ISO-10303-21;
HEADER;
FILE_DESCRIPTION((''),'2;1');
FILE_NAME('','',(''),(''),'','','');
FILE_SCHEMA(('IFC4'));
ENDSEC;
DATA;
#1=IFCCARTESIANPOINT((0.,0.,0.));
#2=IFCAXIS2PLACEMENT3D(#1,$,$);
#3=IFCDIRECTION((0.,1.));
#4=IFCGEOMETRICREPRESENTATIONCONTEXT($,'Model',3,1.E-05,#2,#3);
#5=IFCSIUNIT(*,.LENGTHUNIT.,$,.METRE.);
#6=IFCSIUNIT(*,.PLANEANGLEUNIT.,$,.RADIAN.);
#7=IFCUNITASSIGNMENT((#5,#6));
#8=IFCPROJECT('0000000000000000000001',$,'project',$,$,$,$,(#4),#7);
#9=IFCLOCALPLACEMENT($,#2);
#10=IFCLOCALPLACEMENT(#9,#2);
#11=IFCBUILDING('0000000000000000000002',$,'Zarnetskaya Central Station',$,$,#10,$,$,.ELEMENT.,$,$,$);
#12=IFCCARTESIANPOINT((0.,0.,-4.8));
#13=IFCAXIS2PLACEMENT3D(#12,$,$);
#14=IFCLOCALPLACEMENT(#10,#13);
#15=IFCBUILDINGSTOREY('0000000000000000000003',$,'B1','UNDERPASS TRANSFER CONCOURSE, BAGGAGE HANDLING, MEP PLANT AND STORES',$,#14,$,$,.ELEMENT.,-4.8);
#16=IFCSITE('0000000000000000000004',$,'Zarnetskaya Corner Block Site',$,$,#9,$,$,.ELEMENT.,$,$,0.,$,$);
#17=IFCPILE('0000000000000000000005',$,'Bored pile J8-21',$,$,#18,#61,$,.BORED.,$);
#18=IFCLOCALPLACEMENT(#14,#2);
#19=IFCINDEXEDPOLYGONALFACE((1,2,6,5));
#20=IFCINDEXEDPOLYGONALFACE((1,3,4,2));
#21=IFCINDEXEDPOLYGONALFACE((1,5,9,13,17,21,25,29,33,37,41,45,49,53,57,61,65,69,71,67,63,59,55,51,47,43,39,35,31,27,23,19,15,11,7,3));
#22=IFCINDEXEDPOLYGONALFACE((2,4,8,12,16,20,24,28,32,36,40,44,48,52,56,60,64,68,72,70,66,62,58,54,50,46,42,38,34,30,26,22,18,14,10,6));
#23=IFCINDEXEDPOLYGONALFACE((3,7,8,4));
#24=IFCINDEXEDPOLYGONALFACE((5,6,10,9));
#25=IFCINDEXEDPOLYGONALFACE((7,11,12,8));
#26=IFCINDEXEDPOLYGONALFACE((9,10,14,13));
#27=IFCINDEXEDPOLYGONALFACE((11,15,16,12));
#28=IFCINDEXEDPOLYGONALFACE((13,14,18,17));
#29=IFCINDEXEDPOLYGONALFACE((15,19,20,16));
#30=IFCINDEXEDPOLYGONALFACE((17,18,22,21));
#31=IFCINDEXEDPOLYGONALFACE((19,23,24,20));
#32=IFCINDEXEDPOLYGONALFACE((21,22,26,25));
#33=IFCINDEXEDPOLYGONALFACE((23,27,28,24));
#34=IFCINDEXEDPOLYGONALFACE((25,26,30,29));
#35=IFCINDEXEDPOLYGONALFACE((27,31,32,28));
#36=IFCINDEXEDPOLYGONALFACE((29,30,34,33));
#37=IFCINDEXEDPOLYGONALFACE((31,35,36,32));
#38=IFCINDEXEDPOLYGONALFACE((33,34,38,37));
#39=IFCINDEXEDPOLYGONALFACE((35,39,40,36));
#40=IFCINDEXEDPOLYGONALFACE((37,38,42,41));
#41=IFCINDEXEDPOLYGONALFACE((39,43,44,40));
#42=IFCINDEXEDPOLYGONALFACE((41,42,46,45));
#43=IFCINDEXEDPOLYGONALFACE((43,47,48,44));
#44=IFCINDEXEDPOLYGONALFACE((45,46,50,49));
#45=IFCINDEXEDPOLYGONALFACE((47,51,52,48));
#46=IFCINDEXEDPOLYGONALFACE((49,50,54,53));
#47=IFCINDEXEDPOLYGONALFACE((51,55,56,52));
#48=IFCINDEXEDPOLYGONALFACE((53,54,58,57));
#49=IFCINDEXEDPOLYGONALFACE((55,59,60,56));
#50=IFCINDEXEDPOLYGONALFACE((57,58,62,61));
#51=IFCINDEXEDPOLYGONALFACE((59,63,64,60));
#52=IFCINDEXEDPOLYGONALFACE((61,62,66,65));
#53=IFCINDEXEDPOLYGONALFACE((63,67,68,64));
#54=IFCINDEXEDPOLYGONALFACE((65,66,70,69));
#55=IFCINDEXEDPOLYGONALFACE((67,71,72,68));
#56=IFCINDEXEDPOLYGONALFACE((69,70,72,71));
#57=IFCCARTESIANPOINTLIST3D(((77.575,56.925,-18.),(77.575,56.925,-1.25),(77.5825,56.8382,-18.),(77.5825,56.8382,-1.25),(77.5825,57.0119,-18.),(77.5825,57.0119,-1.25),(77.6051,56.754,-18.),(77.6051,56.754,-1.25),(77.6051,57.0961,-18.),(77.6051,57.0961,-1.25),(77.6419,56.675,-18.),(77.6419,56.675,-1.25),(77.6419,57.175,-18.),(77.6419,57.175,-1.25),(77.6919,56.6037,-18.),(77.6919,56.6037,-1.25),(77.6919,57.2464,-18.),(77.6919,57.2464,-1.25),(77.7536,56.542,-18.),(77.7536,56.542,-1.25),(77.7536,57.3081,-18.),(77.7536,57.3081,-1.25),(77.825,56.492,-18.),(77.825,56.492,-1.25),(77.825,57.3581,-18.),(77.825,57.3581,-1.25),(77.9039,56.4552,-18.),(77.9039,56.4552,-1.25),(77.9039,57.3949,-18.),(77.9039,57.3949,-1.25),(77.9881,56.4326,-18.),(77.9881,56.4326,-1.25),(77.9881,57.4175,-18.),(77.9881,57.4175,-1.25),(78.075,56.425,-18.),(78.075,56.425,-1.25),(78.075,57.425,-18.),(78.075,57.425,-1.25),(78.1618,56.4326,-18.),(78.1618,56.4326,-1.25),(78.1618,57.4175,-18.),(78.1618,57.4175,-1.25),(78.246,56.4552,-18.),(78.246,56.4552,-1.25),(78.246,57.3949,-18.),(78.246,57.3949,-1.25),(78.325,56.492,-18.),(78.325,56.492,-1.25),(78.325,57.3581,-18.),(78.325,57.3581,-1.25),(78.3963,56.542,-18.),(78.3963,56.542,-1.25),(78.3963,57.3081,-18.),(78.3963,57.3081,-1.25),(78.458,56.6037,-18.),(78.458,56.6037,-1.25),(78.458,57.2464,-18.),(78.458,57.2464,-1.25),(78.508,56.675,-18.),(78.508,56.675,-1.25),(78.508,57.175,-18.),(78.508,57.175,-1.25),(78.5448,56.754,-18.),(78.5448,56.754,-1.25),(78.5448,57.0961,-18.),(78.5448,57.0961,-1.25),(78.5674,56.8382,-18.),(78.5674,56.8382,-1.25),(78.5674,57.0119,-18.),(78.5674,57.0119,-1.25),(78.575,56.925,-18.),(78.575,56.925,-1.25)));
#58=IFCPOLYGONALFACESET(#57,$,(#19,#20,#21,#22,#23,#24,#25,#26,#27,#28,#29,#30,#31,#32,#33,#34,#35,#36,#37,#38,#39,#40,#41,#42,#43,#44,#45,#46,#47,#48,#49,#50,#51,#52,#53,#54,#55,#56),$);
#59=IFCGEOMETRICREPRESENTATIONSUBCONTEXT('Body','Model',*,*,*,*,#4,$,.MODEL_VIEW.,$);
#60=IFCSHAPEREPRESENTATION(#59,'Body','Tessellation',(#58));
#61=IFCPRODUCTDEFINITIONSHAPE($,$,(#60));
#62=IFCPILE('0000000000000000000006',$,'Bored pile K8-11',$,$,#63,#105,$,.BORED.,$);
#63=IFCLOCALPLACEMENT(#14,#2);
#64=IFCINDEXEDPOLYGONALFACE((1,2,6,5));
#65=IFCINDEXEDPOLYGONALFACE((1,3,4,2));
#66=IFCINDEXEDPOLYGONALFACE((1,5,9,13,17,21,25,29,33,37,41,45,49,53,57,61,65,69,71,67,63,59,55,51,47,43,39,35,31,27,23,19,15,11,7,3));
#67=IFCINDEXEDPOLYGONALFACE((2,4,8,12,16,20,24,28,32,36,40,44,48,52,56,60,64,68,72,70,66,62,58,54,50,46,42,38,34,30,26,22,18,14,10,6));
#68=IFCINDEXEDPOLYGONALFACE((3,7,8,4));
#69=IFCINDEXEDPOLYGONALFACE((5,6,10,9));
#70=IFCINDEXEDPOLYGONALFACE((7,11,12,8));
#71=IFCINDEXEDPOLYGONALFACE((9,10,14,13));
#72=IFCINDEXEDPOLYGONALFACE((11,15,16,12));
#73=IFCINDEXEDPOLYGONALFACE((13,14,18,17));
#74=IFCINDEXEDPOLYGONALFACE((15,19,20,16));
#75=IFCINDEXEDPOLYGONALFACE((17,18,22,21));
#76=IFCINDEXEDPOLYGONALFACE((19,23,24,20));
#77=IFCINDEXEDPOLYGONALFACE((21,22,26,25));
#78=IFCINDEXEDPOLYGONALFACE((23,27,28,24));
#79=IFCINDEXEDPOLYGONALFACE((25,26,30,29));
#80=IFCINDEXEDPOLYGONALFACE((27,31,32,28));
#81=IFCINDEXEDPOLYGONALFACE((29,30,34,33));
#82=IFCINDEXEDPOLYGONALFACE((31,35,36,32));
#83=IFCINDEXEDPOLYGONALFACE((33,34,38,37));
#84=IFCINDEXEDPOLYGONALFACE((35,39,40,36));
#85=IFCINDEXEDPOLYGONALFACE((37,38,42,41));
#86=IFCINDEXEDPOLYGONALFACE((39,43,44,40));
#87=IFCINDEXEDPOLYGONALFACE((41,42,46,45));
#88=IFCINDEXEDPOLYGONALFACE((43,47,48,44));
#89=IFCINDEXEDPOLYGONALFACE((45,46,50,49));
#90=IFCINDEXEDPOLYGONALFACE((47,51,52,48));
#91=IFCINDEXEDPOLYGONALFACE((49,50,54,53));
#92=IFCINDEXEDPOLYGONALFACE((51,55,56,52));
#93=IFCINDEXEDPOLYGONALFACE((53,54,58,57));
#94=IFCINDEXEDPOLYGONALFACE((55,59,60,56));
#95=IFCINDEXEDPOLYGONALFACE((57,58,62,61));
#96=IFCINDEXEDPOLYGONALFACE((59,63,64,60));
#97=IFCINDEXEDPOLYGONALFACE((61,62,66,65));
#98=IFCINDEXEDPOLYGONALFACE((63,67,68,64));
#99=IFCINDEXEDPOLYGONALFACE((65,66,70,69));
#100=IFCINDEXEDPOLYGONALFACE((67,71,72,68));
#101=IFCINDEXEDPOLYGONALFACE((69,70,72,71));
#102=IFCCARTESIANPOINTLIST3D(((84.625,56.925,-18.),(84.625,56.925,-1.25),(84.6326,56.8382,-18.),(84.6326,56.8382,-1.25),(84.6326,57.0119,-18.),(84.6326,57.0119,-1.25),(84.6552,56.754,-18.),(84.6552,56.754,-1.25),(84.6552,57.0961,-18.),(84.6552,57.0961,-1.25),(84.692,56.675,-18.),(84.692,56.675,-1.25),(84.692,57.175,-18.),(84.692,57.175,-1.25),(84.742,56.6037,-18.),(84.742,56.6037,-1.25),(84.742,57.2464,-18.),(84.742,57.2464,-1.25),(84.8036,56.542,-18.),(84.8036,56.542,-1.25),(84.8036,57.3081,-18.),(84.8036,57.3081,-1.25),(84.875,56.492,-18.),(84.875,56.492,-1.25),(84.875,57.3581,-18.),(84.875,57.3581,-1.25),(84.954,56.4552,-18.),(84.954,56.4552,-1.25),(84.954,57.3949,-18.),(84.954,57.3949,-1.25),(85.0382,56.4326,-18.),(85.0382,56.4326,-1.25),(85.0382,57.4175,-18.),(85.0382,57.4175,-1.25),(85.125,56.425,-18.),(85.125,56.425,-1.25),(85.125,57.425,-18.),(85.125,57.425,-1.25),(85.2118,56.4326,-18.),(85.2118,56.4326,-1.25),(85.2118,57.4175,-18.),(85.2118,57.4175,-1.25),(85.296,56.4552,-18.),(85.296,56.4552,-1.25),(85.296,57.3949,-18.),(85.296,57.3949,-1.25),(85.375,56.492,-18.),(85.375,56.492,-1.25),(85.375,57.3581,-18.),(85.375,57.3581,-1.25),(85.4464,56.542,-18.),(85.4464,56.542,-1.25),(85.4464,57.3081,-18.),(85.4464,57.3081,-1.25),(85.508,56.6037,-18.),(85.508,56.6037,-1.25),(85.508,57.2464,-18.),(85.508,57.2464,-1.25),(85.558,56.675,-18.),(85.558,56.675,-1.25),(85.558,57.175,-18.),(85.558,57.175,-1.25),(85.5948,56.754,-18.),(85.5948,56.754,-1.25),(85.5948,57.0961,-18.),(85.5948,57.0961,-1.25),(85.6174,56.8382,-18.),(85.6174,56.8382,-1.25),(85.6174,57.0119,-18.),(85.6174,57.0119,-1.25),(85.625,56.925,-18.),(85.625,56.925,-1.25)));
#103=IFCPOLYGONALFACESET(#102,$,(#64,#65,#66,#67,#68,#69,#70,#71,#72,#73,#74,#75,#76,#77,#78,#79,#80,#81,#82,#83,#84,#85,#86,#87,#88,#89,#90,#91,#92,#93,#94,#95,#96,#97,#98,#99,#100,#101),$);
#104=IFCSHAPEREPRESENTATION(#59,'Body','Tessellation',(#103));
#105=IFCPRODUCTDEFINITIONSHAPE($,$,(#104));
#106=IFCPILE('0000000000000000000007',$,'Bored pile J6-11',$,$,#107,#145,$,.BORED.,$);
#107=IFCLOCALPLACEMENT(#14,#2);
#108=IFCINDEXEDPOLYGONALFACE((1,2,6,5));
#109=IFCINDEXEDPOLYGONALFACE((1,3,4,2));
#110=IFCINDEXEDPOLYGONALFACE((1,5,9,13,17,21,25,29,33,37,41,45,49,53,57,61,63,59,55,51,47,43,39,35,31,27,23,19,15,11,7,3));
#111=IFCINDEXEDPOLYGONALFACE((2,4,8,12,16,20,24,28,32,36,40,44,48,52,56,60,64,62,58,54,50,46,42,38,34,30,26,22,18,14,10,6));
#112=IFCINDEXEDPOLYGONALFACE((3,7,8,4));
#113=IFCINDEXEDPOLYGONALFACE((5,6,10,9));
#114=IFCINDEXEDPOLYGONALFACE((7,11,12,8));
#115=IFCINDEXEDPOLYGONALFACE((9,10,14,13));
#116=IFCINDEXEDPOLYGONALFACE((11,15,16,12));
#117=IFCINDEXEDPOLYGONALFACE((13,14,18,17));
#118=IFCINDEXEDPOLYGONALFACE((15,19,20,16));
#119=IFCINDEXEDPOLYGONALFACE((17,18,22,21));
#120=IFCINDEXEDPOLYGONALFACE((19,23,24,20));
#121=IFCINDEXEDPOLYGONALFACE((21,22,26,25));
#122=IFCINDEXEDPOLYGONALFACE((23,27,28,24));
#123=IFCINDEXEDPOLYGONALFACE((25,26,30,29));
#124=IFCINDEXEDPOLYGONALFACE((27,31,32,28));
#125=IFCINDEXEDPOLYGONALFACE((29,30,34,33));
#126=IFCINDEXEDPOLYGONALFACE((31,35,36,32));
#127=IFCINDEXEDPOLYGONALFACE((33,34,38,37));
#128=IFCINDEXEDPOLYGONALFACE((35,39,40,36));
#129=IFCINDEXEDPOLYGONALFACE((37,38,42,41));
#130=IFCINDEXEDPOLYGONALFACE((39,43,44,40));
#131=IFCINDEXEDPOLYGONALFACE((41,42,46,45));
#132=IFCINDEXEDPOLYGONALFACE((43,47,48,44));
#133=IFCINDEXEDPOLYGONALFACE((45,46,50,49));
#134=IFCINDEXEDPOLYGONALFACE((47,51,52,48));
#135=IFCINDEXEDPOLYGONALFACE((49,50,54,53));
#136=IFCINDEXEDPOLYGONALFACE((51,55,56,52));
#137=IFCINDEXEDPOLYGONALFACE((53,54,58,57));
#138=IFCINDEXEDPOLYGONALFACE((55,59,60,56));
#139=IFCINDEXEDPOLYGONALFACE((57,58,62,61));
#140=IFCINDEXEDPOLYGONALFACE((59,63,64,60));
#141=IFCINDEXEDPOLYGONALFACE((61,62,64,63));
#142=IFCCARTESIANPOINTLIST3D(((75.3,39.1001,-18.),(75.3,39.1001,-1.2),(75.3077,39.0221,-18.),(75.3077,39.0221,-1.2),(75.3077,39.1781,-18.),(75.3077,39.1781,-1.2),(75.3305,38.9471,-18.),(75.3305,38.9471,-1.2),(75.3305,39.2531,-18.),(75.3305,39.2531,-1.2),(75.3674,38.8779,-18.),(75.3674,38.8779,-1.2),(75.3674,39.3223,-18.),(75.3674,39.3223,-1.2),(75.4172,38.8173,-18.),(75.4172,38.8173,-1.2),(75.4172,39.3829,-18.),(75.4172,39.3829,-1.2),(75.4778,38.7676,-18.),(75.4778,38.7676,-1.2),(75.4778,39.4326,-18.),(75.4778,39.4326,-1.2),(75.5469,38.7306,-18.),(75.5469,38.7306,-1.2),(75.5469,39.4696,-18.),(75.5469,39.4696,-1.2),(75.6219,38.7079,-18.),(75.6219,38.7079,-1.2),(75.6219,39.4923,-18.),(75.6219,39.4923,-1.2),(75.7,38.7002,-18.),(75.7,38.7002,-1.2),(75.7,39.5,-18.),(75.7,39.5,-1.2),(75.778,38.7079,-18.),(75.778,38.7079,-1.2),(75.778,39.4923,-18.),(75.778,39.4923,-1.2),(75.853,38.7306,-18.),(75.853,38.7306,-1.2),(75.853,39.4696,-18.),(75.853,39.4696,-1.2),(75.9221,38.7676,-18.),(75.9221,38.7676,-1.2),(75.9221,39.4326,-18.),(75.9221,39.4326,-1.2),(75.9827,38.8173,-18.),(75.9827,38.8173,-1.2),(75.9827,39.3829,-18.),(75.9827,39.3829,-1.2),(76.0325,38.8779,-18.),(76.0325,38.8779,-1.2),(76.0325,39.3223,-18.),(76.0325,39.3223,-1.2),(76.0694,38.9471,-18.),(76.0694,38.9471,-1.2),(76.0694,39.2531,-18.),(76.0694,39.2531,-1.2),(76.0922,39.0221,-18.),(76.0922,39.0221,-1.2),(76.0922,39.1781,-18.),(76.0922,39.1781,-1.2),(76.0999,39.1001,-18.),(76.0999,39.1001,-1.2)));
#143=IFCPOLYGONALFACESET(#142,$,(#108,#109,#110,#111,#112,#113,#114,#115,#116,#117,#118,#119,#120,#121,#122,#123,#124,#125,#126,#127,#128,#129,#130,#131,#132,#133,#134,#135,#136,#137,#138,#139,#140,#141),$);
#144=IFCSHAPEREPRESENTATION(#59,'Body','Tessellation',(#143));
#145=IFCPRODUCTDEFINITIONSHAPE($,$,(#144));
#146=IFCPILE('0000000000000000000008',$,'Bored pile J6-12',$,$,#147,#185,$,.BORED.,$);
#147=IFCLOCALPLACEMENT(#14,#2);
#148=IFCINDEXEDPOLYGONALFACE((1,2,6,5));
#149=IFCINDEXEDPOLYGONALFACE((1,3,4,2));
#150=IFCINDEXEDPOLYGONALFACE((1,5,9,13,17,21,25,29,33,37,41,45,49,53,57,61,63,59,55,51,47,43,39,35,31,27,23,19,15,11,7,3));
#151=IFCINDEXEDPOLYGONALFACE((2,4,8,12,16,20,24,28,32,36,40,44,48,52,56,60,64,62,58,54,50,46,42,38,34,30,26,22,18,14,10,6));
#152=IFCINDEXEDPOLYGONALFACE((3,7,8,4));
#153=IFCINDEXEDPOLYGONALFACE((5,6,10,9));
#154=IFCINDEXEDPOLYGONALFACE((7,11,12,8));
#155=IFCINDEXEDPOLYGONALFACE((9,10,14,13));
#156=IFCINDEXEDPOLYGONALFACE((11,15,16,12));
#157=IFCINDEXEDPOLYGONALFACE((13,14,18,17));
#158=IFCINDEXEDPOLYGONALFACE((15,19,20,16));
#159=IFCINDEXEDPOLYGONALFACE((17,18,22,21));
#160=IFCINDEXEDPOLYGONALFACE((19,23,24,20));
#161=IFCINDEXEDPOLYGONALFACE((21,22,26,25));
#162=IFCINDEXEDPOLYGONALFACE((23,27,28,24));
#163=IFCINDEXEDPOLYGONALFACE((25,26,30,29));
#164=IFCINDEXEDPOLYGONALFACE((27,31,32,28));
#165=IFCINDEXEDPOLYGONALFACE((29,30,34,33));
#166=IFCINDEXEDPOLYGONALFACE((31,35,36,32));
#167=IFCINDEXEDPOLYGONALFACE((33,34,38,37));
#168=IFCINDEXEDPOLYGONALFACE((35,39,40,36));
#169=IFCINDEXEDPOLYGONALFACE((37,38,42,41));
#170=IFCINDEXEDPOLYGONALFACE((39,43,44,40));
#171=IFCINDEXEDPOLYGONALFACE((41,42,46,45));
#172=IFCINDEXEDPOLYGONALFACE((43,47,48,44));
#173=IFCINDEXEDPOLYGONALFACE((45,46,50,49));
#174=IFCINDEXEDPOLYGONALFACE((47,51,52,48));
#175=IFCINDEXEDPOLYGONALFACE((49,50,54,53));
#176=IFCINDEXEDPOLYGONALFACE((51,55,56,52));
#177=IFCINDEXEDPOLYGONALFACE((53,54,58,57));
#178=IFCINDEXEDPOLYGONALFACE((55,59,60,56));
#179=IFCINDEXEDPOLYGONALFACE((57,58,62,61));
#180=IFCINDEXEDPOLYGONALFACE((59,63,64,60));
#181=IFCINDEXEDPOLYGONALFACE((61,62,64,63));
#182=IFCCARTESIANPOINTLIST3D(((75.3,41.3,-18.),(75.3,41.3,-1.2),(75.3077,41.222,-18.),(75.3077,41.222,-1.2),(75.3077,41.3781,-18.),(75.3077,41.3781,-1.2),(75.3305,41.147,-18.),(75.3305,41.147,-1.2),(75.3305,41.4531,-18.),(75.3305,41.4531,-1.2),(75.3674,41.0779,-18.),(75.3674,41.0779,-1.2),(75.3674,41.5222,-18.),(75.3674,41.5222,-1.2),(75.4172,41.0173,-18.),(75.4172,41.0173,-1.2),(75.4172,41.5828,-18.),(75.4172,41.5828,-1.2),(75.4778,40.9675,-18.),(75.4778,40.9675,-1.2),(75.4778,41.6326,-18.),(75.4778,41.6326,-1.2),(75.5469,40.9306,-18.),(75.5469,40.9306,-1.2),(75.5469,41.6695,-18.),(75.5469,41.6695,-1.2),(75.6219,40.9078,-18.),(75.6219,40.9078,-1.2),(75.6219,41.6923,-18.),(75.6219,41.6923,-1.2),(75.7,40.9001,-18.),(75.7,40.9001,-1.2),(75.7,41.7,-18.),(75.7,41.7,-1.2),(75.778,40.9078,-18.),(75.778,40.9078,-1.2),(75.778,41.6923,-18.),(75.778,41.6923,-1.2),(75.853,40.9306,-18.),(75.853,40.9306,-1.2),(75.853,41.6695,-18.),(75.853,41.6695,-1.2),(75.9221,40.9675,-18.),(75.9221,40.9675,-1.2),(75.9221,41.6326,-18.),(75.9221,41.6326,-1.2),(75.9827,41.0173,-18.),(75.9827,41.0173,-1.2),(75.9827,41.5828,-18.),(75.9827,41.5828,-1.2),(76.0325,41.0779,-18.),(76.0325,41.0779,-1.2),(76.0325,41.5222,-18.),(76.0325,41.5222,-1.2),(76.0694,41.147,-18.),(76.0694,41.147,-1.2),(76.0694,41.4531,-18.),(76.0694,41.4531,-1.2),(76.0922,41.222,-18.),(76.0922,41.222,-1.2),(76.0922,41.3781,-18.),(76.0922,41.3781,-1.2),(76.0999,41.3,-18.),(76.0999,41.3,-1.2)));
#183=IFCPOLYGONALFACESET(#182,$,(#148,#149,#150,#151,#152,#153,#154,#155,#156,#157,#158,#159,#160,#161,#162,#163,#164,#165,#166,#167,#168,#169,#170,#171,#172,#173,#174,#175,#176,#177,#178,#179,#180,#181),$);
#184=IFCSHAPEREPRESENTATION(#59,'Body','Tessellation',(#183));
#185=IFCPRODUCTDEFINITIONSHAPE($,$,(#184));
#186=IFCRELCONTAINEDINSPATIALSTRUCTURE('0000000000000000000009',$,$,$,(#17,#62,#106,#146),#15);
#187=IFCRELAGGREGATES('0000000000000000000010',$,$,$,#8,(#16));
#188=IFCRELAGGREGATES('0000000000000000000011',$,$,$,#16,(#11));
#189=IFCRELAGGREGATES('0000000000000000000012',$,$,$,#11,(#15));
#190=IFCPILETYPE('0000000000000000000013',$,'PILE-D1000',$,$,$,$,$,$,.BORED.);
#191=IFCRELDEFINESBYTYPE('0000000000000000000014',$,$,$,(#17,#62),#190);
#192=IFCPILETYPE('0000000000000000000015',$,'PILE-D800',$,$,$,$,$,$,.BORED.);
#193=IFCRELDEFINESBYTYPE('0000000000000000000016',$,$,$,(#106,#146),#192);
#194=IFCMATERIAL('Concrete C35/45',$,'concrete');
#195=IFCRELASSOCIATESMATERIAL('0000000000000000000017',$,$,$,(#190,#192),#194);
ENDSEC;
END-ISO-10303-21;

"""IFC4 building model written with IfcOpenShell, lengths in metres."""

from ifc_helpers import new_model, si_unit, direction, frame, origin, origin_2d, place, context, subcontext, project, spatial, circle, extrude, material, material_profile, profile_set, type_object, element, save


model = new_model("IFC4")

# Units and contexts
model_context = context("Model", 3, precision=1e-05, world=origin(), true_north=direction((0.0, 1.0)))
body_context = subcontext(model_context, "Body", "Model", "MODEL_VIEW")
ifc_project = project(units=[si_unit("LENGTHUNIT", "METRE"), si_unit("PLANEANGLEUNIT", "RADIAN")], contexts=[model_context])

# Site, building, storey
site_placement = place(None, origin())
site = spatial("IfcSite", under=ifc_project, at=site_placement, Name="Zarnetskaya Corner Block Site", CompositionType="ELEMENT", RefElevation=0.0)
building_placement = place(site_placement, origin())
building = spatial("IfcBuilding", under=site, at=building_placement, Name="Zarnetskaya Central Station", CompositionType="ELEMENT")
storey_placement = place(building_placement, frame((0.0, 0.0, -4.8)))
storey = spatial("IfcBuildingStorey", under=building, at=storey_placement, Name="B1", Description="UNDERPASS TRANSFER CONCOURSE, BAGGAGE HANDLING, MEP PLANT AND STORES", CompositionType="ELEMENT", Elevation=-4.8)

# Shared definitions
ifc_material = material(Name="Concrete C35/45", Category="concrete")

# Piles
ifc_material_profile_1 = material_profile(ifc_material, circle(Radius=0.5, at=origin_2d()), Name="BORED PILE D1000")
ifc_profile_set_1 = profile_set([ifc_material_profile_1], Name="Concrete C35/45")
pile_type_1 = type_object("IfcPileType", Name="PILE-D1000", PredefinedType="BORED", material=ifc_profile_set_1)
for number, where, z_axis, x_axis, name in (
    (1, (78.075, 56.925, -1.25), (0.0, 0.0, -1.0), (1.0, 0.0, 0.0), "Bored pile J8-21"),
    (2, (85.125, 56.925, -1.25), (0.0, 0.0, -1.0), (1.0, 0.0, 0.0), "Bored pile K8-11"),
):
    element("IfcPile", number, at=place(storey_placement, frame(where, z_axis=z_axis, x_axis=x_axis)), inside=storey, type_object=pile_type_1, Name=name, PredefinedType="BORED", context=body_context, shape_type="SweptSolid", body=[
        extrude(circle(Radius=0.5, at=origin_2d()), origin(), (0.0, 0.0, 1.0), 16.75),
    ])
ifc_material_profile_2 = material_profile(ifc_material, circle(Radius=0.3999, at=origin_2d()), Name="BORED PILE D800")
ifc_profile_set_2 = profile_set([ifc_material_profile_2], Name="Concrete C35/45")
pile_type_2 = type_object("IfcPileType", Name="PILE-D800", PredefinedType="BORED", material=ifc_profile_set_2)
for number, where, z_axis, x_axis, name in (
    (3, (75.7, 39.1001, -1.2), (0.0, 0.0, -1.0), (1.0, 0.0, 0.0), "Bored pile J6-11"),
    (4, (75.7, 41.3, -1.2), (0.0, 0.0, -1.0), (1.0, 0.0, 0.0), "Bored pile J6-12"),
):
    element("IfcPile", number, at=place(storey_placement, frame(where, z_axis=z_axis, x_axis=x_axis)), inside=storey, type_object=pile_type_2, Name=name, PredefinedType="BORED", context=body_context, shape_type="SweptSolid", body=[
        extrude(circle(Radius=0.3999, at=origin_2d()), origin(), (0.0, 0.0, 1.0), 16.8),
    ])

save(model, "model.ifc")
